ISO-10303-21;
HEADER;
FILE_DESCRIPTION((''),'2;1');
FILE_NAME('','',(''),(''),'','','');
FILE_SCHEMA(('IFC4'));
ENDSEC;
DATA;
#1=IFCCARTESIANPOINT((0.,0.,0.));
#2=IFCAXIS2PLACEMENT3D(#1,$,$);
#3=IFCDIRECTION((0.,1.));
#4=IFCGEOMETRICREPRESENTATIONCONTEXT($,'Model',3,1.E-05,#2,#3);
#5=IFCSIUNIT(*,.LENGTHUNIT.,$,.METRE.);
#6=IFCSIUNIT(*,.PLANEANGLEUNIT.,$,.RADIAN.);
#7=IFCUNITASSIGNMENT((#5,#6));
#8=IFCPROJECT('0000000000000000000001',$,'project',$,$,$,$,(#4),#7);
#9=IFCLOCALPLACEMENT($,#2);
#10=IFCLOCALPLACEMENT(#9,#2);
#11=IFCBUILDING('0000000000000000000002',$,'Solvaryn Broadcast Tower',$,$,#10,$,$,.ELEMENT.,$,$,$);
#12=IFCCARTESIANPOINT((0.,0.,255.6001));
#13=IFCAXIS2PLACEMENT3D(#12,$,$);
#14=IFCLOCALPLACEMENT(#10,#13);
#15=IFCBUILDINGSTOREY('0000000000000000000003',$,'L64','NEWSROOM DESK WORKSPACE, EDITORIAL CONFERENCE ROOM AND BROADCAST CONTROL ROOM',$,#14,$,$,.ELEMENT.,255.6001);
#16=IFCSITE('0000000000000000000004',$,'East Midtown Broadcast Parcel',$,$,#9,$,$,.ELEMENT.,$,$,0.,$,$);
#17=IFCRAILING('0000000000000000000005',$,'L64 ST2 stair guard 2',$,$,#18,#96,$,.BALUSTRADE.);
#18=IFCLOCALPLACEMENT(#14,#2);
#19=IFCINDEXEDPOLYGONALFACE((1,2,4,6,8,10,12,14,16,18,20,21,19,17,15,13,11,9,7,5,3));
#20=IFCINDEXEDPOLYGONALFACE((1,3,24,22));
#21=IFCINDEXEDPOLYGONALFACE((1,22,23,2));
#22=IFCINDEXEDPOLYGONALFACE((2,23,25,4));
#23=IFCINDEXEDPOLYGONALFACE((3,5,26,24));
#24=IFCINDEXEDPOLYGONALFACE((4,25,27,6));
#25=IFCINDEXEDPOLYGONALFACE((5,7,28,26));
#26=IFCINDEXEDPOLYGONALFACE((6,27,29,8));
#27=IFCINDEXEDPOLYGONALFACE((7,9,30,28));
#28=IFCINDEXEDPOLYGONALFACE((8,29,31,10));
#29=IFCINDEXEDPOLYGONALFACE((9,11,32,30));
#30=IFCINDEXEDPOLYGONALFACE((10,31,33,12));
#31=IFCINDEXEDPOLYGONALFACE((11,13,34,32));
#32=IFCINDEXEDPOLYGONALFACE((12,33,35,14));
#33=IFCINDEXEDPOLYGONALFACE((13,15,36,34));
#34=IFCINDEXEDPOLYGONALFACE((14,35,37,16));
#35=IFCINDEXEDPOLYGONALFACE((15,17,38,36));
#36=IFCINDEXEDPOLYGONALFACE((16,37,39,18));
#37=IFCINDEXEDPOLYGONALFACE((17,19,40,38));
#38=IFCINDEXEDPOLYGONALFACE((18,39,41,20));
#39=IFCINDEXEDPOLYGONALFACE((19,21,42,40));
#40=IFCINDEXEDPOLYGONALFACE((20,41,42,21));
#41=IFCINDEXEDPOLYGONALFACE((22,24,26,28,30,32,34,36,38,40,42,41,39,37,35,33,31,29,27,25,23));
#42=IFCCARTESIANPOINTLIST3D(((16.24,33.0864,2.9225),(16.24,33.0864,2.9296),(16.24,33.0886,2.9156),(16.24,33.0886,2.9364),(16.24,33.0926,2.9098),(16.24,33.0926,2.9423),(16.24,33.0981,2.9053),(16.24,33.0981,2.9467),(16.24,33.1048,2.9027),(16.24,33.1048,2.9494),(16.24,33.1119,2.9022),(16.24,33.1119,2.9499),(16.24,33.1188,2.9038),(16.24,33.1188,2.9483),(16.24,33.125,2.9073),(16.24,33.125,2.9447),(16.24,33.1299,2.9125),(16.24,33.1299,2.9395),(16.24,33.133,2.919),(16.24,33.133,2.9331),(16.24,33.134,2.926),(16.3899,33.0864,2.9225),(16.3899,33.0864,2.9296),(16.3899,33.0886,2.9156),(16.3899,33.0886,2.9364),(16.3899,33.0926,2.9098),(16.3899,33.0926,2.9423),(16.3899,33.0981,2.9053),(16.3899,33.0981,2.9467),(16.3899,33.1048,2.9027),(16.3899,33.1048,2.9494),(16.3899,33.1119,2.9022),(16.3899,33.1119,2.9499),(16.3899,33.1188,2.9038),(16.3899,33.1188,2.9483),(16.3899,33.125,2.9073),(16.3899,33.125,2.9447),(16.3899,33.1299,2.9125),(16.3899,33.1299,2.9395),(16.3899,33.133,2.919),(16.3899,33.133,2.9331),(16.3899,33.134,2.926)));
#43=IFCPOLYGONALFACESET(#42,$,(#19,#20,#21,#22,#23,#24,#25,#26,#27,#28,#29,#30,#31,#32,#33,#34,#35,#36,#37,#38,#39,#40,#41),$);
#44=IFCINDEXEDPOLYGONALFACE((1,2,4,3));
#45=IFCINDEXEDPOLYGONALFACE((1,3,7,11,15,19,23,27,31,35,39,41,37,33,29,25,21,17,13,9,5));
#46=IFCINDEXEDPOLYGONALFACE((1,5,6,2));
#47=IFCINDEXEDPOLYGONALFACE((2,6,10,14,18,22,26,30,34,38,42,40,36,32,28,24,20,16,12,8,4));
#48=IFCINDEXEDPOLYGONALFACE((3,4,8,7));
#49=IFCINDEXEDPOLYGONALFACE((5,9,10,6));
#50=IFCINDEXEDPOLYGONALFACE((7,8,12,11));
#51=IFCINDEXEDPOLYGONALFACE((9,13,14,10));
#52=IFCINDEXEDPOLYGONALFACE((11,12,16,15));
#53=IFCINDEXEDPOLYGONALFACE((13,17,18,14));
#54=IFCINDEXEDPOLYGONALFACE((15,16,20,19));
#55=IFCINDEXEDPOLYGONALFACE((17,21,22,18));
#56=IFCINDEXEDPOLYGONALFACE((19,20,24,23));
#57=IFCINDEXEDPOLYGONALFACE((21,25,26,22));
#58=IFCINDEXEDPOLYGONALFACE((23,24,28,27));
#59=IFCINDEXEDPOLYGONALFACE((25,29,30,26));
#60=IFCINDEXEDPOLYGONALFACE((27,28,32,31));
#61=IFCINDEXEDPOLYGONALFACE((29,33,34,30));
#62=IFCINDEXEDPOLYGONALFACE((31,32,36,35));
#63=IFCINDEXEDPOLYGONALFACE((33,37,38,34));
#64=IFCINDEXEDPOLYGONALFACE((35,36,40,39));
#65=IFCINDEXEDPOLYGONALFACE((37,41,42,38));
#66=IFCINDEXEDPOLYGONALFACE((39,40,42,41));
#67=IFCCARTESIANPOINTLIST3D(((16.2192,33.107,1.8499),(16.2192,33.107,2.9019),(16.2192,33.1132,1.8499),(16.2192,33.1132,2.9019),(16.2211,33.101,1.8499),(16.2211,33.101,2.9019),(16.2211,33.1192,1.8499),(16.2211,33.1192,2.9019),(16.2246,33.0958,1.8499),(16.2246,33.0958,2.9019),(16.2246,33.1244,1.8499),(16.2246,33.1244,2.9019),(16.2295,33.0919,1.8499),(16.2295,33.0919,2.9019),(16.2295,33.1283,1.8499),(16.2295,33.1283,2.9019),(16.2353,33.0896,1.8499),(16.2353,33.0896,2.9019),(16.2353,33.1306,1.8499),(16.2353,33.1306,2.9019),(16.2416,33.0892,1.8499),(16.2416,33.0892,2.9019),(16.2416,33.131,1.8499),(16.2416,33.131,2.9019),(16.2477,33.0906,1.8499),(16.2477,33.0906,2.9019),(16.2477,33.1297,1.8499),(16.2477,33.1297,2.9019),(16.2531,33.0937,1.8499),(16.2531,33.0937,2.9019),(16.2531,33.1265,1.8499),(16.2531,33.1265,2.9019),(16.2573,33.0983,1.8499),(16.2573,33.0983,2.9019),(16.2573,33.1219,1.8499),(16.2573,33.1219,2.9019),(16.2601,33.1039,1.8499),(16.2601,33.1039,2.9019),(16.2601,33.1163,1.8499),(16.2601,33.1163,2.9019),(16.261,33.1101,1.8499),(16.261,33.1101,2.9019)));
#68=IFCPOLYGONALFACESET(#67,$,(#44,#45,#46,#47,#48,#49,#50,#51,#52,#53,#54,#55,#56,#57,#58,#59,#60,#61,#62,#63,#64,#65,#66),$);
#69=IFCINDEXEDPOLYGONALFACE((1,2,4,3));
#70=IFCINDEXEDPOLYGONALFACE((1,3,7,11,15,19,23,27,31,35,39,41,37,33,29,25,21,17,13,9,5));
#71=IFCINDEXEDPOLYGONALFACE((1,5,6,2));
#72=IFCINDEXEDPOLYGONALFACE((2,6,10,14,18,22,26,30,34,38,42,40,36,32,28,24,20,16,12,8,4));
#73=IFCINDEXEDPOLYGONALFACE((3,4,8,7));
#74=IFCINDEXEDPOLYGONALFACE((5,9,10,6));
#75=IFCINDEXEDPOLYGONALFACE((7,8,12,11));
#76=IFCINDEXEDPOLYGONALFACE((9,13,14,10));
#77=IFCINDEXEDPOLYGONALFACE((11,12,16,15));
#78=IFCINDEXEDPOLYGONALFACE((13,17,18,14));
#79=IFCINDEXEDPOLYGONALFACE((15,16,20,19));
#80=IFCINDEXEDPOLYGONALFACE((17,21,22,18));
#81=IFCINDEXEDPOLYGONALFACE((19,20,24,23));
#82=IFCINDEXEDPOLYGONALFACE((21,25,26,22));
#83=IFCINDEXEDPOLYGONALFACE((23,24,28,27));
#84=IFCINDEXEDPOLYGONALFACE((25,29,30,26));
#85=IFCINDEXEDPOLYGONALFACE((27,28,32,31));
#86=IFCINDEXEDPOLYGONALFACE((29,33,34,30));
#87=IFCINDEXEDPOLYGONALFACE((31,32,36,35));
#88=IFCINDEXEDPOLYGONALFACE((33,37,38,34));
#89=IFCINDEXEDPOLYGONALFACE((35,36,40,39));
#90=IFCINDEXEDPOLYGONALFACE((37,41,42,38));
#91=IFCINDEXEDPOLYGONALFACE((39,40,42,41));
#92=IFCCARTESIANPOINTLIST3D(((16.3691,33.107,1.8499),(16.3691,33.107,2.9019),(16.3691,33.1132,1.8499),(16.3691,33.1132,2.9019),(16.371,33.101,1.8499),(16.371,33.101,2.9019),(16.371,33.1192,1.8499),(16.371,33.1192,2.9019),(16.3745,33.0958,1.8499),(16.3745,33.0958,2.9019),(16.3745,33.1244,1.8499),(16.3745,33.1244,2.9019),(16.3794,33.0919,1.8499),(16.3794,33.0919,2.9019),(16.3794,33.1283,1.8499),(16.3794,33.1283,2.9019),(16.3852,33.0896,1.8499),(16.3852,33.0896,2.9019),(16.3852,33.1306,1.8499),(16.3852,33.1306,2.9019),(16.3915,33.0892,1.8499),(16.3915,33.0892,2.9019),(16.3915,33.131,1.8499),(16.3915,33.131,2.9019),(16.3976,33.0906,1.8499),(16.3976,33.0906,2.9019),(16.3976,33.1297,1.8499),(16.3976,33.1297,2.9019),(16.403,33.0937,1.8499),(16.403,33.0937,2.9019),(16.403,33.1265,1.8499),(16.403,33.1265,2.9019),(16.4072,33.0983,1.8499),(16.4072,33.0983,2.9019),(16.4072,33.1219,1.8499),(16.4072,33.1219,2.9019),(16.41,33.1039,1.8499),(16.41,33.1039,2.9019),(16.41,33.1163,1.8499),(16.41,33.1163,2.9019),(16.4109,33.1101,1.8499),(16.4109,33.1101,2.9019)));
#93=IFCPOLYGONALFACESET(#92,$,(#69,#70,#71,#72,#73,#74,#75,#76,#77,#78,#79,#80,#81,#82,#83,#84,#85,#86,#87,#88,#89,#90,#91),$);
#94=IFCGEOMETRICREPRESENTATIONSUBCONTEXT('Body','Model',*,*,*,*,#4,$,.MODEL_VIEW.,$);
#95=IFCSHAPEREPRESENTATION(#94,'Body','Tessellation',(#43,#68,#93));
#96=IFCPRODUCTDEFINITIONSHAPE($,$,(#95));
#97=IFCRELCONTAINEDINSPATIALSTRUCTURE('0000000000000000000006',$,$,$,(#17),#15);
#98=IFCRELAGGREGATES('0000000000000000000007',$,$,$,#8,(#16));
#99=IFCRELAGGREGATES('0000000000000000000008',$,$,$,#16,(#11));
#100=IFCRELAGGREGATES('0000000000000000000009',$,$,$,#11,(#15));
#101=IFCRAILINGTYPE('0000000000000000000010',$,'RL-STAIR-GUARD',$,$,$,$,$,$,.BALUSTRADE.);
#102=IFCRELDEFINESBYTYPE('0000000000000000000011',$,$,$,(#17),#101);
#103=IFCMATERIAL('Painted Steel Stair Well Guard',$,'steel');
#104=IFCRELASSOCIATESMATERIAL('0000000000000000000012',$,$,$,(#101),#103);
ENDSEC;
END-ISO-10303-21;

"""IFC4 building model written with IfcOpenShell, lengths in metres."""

from ifc_helpers import new_model, si_unit, direction, frame, origin, origin_2d, place, context, subcontext, project, spatial, circle, extrude, material, type_object, element, save


model = new_model("IFC4")

# Units and contexts
model_context = context("Model", 3, precision=1e-05, world=origin(), true_north=direction((0.0, 1.0)))
body_context = subcontext(model_context, "Body", "Model", "MODEL_VIEW")
ifc_project = project(units=[si_unit("LENGTHUNIT", "METRE"), si_unit("PLANEANGLEUNIT", "RADIAN")], contexts=[model_context])

# Site, building, storey
site_placement = place(None, origin())
site = spatial("IfcSite", under=ifc_project, at=site_placement, Name="East Midtown Broadcast Parcel", CompositionType="ELEMENT", RefElevation=0.0)
building_placement = place(site_placement, origin())
building = spatial("IfcBuilding", under=site, at=building_placement, Name="Solvaryn Broadcast Tower", CompositionType="ELEMENT")
storey_placement = place(building_placement, frame((0.0, 0.0, 255.6001)))
storey = spatial("IfcBuildingStorey", under=building, at=storey_placement, Name="L64", Description="NEWSROOM DESK WORKSPACE, EDITORIAL CONFERENCE ROOM AND BROADCAST CONTROL ROOM", CompositionType="ELEMENT", Elevation=255.6001)

# Railing
ifc_material_1 = material(Name="Painted Steel Stair Well Guard", Category="steel")
railing_type_1 = type_object("IfcRailingType", Name="RL-STAIR-GUARD", PredefinedType="BALUSTRADE", material=ifc_material_1)
railing_1_placement = place(storey_placement, frame((16.24, 33.1101, 1.8499)))
element("IfcRailing", 1, at=railing_1_placement, inside=storey, type_object=railing_type_1, Name="L64 ST2 stair guard 2", PredefinedType="BALUSTRADE", context=body_context, shape_type="SweptSolid", body=[
    extrude(circle(Radius=0.0239, at=origin_2d()), frame((0.0, 0.0, 1.0762), z_axis=(1.0, 0.0, 0.0), x_axis=(0.0, 1.0, 0.0)), (0.0, 0.0, 1.0), 0.1499),
    extrude(circle(Radius=0.021, at=origin_2d()), origin(), (0.0, 0.0, 1.0), 1.052),
    extrude(circle(Radius=0.021, at=origin_2d()), frame((0.1499, 0.0, 0.0)), (0.0, 0.0, 1.0), 1.052),
])

save(model, "model.ifc")
